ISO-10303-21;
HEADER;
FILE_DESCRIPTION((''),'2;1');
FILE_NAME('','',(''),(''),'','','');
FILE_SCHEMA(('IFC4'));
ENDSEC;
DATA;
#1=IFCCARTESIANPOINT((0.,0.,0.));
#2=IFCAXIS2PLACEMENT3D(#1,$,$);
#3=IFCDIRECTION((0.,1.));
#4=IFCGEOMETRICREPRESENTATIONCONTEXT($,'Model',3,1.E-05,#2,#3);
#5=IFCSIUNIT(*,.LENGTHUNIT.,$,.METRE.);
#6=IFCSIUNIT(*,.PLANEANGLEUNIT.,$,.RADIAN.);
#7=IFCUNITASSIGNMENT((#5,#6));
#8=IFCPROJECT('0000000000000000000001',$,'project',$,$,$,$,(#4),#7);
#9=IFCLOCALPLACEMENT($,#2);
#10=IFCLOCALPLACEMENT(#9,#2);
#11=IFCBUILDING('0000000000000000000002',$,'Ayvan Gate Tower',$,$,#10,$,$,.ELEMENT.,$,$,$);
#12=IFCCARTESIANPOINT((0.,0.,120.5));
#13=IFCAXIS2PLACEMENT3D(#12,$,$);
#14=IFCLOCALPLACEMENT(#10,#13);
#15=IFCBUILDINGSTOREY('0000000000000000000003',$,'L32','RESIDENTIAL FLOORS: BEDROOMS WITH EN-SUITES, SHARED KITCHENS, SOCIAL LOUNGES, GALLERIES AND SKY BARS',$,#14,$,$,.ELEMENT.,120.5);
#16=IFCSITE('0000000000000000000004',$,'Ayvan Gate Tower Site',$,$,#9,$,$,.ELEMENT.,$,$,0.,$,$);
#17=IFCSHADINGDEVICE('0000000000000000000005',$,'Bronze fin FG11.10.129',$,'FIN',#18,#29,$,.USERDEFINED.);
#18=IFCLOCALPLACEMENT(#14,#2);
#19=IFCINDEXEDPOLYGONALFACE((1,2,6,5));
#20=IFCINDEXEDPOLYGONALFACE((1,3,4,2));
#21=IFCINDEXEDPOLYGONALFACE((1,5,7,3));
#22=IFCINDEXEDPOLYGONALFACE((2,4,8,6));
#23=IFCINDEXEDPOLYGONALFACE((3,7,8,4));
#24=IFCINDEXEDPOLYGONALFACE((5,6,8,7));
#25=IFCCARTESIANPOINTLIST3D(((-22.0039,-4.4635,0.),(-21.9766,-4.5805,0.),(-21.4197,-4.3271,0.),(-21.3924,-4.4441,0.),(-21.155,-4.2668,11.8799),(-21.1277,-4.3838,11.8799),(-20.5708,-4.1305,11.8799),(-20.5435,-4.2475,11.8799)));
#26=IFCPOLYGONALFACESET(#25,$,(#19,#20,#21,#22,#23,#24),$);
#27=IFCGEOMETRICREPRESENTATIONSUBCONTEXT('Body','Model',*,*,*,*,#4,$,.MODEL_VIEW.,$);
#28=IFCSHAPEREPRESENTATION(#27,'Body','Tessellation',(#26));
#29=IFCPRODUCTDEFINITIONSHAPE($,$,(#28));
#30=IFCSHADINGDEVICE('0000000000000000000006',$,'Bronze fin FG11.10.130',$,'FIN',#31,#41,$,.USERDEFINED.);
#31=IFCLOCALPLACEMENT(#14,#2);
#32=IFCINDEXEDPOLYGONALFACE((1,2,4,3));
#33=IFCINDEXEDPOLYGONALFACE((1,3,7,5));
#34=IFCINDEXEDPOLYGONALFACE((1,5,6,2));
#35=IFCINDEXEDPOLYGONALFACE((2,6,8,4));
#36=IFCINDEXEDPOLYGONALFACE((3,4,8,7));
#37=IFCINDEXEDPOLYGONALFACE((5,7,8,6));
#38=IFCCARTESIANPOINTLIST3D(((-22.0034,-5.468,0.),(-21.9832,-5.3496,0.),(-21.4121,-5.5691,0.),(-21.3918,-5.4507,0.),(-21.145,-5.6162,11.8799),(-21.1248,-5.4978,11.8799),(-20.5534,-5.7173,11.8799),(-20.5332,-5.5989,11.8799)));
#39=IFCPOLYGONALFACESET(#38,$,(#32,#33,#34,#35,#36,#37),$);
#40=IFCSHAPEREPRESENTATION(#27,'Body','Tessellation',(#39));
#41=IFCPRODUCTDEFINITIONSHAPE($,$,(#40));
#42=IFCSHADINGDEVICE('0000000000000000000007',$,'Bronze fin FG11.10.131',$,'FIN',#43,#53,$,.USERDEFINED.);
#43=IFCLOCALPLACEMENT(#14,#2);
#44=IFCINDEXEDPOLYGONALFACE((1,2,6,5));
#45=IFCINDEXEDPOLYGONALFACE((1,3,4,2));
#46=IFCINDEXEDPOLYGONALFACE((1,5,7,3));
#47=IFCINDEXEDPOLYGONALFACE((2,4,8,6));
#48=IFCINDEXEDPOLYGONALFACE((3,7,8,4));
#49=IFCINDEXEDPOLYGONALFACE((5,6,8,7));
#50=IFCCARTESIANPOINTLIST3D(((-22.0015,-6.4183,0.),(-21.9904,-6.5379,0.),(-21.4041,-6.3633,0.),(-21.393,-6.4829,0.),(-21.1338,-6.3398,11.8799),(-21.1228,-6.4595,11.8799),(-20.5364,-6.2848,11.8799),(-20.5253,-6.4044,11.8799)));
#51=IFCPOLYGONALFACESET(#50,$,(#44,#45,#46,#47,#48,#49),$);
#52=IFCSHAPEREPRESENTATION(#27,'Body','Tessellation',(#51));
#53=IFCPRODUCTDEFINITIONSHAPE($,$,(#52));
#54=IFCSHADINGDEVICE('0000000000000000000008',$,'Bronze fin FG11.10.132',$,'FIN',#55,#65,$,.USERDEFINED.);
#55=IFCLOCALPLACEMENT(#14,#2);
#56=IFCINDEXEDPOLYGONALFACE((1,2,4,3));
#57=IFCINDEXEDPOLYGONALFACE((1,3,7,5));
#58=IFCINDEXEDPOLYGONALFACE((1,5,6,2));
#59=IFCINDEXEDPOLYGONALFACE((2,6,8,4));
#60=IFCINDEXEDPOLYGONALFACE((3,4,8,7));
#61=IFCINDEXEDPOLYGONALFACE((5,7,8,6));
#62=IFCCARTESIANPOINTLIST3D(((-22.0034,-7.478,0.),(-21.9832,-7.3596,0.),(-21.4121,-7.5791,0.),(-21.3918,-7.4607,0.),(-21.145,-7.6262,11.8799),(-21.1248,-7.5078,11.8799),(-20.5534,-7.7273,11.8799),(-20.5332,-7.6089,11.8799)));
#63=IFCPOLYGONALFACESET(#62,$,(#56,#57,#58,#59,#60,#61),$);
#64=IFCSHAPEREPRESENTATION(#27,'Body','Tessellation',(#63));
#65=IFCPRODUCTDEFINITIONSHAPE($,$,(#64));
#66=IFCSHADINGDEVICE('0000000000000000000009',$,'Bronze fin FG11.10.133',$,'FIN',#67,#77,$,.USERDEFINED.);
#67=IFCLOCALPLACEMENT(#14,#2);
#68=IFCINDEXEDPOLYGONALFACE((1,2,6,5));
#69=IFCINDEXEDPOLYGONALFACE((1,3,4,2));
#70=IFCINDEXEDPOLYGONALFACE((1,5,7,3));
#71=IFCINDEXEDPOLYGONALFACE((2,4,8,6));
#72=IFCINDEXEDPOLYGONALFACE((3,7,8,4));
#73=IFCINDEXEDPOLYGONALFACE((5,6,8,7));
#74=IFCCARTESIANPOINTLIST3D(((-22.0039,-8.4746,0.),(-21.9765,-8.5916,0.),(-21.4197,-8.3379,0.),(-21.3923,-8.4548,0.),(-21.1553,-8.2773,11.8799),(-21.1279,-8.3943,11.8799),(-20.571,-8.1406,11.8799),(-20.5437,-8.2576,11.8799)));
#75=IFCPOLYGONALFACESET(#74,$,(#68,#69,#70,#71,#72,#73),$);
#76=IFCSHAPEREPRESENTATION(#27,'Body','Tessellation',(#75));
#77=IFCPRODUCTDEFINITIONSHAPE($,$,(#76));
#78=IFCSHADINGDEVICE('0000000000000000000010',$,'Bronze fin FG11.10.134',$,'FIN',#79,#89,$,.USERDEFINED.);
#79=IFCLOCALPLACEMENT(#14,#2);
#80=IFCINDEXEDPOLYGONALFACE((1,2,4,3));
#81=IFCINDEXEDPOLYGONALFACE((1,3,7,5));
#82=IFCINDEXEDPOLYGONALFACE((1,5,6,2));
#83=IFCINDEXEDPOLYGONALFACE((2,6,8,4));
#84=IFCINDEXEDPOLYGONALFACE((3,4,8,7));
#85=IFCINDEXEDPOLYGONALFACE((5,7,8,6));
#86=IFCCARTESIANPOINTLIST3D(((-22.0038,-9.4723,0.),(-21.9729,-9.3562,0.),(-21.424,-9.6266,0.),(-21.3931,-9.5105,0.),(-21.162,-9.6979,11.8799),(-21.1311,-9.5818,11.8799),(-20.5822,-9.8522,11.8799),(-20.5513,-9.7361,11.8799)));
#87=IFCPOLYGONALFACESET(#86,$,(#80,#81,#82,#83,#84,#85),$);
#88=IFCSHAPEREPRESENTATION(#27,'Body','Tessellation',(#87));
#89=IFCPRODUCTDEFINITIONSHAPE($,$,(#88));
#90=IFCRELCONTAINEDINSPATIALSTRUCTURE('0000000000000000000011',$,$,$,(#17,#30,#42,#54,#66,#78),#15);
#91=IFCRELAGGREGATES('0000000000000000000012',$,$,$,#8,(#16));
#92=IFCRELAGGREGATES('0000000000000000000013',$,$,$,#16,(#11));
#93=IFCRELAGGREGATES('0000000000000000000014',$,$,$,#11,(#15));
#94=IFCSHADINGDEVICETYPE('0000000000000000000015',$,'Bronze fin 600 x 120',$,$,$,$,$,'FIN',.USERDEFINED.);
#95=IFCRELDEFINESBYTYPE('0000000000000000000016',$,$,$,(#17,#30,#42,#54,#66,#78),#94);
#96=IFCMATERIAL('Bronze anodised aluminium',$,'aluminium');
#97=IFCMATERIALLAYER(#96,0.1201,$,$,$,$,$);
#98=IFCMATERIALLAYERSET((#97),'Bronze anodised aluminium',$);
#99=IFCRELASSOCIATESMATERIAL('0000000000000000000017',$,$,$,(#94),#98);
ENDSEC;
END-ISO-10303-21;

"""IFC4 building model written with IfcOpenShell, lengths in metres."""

from ifc_helpers import new_model, si_unit, direction, frame, origin, place, context, subcontext, project, spatial, polyline, outline, extrude, material, layer, layer_set, type_object, element, save


model = new_model("IFC4")

# Units and contexts
model_context = context("Model", 3, precision=1e-05, world=origin(), true_north=direction((0.0, 1.0)))
body_context = subcontext(model_context, "Body", "Model", "MODEL_VIEW")
ifc_project = project(units=[si_unit("LENGTHUNIT", "METRE"), si_unit("PLANEANGLEUNIT", "RADIAN")], contexts=[model_context])

# Site, building, storey
site_placement = place(None, origin())
site = spatial("IfcSite", under=ifc_project, at=site_placement, Name="Ayvan Gate Tower Site", CompositionType="ELEMENT", RefElevation=0.0)
building_placement = place(site_placement, origin())
building = spatial("IfcBuilding", under=site, at=building_placement, Name="Ayvan Gate Tower", CompositionType="ELEMENT")
storey_placement = place(building_placement, frame((0.0, 0.0, 120.5)))
storey = spatial("IfcBuildingStorey", under=building, at=storey_placement, Name="L32", Description="RESIDENTIAL FLOORS: BEDROOMS WITH EN-SUITES, SHARED KITCHENS, SOCIAL LOUNGES, GALLERIES AND SKY BARS", CompositionType="ELEMENT", Elevation=120.5)

# Shared definitions
ifc_material_1 = material(Name="Bronze anodised aluminium", Category="aluminium")

# Shading devices
ifc_layer_1 = layer(ifc_material_1, 0.1201)
ifc_layer_set_1 = layer_set([ifc_layer_1], Name="Bronze anodised aluminium")
shading_device_type = type_object("IfcShadingDeviceType", Name="Bronze fin 600 x 120", ElementType="FIN", PredefinedType="USERDEFINED", material=ifc_layer_set_1)
shading_device_1_placement = place(storey_placement, frame((-21.4197, -4.3271, 0.0), z_axis=(-0.227281, 0.973829, 0.00012), x_axis=(-0.973829, -0.227281, 0.0)))
element("IfcShadingDevice", 1, at=shading_device_1_placement, inside=storey, type_object=shading_device_type, Name="Bronze fin FG11.10.129", ObjectType="FIN", PredefinedType="USERDEFINED", context=body_context, shape_type="SweptSolid", body=[
    extrude(outline(polyline([(0.0, 0.0), (0.5999, 0.0), (-0.2714, 11.8799), (-0.8714, 11.8799), (0.0, 0.0)])), origin(), (0.0, 0.0, -1.0), 0.1201),
])
shading_device_2_placement = place(storey_placement, frame((-21.3918, -5.4507, 0.0), z_axis=(0.168456, 0.985709, 0.000122), x_axis=(-0.985709, 0.168456, 0.0)))
element("IfcShadingDevice", 2, at=shading_device_2_placement, inside=storey, type_object=shading_device_type, Name="Bronze fin FG11.10.130", ObjectType="FIN", PredefinedType="USERDEFINED", context=body_context, shape_type="SweptSolid", body=[
    extrude(outline(polyline([(0.0, 0.0), (0.5999, 0.0), (-0.2712, 11.8799), (-0.8713, 11.8799), (0.0, 0.0)])), origin(), (0.0, 0.0, -1.0), 0.1201),
])
shading_device_3_placement = place(storey_placement, frame((-21.4041, -6.3633, 0.0), z_axis=(-0.091765, 0.995781, 0.000123), x_axis=(-0.995781, -0.091765, 0.0)))
element("IfcShadingDevice", 3, at=shading_device_3_placement, inside=storey, type_object=shading_device_type, Name="Bronze fin FG11.10.131", ObjectType="FIN", PredefinedType="USERDEFINED", context=body_context, shape_type="SweptSolid", body=[
    extrude(outline(polyline([(0.0, 0.0), (0.5999, 0.0), (-0.2713, 11.8799), (-0.8712, 11.8799), (0.0, 0.0)])), origin(), (0.0, 0.0, -1.0), 0.1201),
])
shading_device_4_placement = place(storey_placement, frame((-21.3918, -7.4607, 0.0), z_axis=(0.168456, 0.985709, 0.000122), x_axis=(-0.985709, 0.168456, 0.0)))
element("IfcShadingDevice", 4, at=shading_device_4_placement, inside=storey, type_object=shading_device_type, Name="Bronze fin FG11.10.132", ObjectType="FIN", PredefinedType="USERDEFINED", context=body_context, shape_type="SweptSolid", body=[
    extrude(outline(polyline([(0.0, 0.0), (0.5999, 0.0), (-0.2712, 11.8799), (-0.8713, 11.8799), (0.0, 0.0)])), origin(), (0.0, 0.0, -1.0), 0.1201),
])
shading_device_5_placement = place(storey_placement, frame((-21.4197, -8.3379, 0.0), z_axis=(-0.22786, 0.973694, 0.000109), x_axis=(-0.973694, -0.22786, 0.0)))
element("IfcShadingDevice", 5, at=shading_device_5_placement, inside=storey, type_object=shading_device_type, Name="Bronze fin FG11.10.133", ObjectType="FIN", PredefinedType="USERDEFINED", context=body_context, shape_type="SweptSolid", body=[
    extrude(outline(polyline([(0.0, 0.0), (0.6, 0.0), (-0.2712, 11.8799), (-0.8713, 11.8799), (0.0, 0.0)])), origin(), (0.0, 0.0, -1.0), 0.1201),
])
shading_device_6_placement = place(storey_placement, frame((-21.3931, -9.5105, 0.0), z_axis=(0.257156, 0.96637, 0.000128), x_axis=(-0.96637, 0.257156, 0.0)))
element("IfcShadingDevice", 6, at=shading_device_6_placement, inside=storey, type_object=shading_device_type, Name="Bronze fin FG11.10.134", ObjectType="FIN", PredefinedType="USERDEFINED", context=body_context, shape_type="SweptSolid", body=[
    extrude(outline(polyline([(0.0, 0.0), (0.6, 0.0), (-0.2715, 11.8799), (-0.8715, 11.8799), (0.0, 0.0)])), origin(), (0.0, 0.0, -1.0), 0.1201),
])

save(model, "model.ifc")
